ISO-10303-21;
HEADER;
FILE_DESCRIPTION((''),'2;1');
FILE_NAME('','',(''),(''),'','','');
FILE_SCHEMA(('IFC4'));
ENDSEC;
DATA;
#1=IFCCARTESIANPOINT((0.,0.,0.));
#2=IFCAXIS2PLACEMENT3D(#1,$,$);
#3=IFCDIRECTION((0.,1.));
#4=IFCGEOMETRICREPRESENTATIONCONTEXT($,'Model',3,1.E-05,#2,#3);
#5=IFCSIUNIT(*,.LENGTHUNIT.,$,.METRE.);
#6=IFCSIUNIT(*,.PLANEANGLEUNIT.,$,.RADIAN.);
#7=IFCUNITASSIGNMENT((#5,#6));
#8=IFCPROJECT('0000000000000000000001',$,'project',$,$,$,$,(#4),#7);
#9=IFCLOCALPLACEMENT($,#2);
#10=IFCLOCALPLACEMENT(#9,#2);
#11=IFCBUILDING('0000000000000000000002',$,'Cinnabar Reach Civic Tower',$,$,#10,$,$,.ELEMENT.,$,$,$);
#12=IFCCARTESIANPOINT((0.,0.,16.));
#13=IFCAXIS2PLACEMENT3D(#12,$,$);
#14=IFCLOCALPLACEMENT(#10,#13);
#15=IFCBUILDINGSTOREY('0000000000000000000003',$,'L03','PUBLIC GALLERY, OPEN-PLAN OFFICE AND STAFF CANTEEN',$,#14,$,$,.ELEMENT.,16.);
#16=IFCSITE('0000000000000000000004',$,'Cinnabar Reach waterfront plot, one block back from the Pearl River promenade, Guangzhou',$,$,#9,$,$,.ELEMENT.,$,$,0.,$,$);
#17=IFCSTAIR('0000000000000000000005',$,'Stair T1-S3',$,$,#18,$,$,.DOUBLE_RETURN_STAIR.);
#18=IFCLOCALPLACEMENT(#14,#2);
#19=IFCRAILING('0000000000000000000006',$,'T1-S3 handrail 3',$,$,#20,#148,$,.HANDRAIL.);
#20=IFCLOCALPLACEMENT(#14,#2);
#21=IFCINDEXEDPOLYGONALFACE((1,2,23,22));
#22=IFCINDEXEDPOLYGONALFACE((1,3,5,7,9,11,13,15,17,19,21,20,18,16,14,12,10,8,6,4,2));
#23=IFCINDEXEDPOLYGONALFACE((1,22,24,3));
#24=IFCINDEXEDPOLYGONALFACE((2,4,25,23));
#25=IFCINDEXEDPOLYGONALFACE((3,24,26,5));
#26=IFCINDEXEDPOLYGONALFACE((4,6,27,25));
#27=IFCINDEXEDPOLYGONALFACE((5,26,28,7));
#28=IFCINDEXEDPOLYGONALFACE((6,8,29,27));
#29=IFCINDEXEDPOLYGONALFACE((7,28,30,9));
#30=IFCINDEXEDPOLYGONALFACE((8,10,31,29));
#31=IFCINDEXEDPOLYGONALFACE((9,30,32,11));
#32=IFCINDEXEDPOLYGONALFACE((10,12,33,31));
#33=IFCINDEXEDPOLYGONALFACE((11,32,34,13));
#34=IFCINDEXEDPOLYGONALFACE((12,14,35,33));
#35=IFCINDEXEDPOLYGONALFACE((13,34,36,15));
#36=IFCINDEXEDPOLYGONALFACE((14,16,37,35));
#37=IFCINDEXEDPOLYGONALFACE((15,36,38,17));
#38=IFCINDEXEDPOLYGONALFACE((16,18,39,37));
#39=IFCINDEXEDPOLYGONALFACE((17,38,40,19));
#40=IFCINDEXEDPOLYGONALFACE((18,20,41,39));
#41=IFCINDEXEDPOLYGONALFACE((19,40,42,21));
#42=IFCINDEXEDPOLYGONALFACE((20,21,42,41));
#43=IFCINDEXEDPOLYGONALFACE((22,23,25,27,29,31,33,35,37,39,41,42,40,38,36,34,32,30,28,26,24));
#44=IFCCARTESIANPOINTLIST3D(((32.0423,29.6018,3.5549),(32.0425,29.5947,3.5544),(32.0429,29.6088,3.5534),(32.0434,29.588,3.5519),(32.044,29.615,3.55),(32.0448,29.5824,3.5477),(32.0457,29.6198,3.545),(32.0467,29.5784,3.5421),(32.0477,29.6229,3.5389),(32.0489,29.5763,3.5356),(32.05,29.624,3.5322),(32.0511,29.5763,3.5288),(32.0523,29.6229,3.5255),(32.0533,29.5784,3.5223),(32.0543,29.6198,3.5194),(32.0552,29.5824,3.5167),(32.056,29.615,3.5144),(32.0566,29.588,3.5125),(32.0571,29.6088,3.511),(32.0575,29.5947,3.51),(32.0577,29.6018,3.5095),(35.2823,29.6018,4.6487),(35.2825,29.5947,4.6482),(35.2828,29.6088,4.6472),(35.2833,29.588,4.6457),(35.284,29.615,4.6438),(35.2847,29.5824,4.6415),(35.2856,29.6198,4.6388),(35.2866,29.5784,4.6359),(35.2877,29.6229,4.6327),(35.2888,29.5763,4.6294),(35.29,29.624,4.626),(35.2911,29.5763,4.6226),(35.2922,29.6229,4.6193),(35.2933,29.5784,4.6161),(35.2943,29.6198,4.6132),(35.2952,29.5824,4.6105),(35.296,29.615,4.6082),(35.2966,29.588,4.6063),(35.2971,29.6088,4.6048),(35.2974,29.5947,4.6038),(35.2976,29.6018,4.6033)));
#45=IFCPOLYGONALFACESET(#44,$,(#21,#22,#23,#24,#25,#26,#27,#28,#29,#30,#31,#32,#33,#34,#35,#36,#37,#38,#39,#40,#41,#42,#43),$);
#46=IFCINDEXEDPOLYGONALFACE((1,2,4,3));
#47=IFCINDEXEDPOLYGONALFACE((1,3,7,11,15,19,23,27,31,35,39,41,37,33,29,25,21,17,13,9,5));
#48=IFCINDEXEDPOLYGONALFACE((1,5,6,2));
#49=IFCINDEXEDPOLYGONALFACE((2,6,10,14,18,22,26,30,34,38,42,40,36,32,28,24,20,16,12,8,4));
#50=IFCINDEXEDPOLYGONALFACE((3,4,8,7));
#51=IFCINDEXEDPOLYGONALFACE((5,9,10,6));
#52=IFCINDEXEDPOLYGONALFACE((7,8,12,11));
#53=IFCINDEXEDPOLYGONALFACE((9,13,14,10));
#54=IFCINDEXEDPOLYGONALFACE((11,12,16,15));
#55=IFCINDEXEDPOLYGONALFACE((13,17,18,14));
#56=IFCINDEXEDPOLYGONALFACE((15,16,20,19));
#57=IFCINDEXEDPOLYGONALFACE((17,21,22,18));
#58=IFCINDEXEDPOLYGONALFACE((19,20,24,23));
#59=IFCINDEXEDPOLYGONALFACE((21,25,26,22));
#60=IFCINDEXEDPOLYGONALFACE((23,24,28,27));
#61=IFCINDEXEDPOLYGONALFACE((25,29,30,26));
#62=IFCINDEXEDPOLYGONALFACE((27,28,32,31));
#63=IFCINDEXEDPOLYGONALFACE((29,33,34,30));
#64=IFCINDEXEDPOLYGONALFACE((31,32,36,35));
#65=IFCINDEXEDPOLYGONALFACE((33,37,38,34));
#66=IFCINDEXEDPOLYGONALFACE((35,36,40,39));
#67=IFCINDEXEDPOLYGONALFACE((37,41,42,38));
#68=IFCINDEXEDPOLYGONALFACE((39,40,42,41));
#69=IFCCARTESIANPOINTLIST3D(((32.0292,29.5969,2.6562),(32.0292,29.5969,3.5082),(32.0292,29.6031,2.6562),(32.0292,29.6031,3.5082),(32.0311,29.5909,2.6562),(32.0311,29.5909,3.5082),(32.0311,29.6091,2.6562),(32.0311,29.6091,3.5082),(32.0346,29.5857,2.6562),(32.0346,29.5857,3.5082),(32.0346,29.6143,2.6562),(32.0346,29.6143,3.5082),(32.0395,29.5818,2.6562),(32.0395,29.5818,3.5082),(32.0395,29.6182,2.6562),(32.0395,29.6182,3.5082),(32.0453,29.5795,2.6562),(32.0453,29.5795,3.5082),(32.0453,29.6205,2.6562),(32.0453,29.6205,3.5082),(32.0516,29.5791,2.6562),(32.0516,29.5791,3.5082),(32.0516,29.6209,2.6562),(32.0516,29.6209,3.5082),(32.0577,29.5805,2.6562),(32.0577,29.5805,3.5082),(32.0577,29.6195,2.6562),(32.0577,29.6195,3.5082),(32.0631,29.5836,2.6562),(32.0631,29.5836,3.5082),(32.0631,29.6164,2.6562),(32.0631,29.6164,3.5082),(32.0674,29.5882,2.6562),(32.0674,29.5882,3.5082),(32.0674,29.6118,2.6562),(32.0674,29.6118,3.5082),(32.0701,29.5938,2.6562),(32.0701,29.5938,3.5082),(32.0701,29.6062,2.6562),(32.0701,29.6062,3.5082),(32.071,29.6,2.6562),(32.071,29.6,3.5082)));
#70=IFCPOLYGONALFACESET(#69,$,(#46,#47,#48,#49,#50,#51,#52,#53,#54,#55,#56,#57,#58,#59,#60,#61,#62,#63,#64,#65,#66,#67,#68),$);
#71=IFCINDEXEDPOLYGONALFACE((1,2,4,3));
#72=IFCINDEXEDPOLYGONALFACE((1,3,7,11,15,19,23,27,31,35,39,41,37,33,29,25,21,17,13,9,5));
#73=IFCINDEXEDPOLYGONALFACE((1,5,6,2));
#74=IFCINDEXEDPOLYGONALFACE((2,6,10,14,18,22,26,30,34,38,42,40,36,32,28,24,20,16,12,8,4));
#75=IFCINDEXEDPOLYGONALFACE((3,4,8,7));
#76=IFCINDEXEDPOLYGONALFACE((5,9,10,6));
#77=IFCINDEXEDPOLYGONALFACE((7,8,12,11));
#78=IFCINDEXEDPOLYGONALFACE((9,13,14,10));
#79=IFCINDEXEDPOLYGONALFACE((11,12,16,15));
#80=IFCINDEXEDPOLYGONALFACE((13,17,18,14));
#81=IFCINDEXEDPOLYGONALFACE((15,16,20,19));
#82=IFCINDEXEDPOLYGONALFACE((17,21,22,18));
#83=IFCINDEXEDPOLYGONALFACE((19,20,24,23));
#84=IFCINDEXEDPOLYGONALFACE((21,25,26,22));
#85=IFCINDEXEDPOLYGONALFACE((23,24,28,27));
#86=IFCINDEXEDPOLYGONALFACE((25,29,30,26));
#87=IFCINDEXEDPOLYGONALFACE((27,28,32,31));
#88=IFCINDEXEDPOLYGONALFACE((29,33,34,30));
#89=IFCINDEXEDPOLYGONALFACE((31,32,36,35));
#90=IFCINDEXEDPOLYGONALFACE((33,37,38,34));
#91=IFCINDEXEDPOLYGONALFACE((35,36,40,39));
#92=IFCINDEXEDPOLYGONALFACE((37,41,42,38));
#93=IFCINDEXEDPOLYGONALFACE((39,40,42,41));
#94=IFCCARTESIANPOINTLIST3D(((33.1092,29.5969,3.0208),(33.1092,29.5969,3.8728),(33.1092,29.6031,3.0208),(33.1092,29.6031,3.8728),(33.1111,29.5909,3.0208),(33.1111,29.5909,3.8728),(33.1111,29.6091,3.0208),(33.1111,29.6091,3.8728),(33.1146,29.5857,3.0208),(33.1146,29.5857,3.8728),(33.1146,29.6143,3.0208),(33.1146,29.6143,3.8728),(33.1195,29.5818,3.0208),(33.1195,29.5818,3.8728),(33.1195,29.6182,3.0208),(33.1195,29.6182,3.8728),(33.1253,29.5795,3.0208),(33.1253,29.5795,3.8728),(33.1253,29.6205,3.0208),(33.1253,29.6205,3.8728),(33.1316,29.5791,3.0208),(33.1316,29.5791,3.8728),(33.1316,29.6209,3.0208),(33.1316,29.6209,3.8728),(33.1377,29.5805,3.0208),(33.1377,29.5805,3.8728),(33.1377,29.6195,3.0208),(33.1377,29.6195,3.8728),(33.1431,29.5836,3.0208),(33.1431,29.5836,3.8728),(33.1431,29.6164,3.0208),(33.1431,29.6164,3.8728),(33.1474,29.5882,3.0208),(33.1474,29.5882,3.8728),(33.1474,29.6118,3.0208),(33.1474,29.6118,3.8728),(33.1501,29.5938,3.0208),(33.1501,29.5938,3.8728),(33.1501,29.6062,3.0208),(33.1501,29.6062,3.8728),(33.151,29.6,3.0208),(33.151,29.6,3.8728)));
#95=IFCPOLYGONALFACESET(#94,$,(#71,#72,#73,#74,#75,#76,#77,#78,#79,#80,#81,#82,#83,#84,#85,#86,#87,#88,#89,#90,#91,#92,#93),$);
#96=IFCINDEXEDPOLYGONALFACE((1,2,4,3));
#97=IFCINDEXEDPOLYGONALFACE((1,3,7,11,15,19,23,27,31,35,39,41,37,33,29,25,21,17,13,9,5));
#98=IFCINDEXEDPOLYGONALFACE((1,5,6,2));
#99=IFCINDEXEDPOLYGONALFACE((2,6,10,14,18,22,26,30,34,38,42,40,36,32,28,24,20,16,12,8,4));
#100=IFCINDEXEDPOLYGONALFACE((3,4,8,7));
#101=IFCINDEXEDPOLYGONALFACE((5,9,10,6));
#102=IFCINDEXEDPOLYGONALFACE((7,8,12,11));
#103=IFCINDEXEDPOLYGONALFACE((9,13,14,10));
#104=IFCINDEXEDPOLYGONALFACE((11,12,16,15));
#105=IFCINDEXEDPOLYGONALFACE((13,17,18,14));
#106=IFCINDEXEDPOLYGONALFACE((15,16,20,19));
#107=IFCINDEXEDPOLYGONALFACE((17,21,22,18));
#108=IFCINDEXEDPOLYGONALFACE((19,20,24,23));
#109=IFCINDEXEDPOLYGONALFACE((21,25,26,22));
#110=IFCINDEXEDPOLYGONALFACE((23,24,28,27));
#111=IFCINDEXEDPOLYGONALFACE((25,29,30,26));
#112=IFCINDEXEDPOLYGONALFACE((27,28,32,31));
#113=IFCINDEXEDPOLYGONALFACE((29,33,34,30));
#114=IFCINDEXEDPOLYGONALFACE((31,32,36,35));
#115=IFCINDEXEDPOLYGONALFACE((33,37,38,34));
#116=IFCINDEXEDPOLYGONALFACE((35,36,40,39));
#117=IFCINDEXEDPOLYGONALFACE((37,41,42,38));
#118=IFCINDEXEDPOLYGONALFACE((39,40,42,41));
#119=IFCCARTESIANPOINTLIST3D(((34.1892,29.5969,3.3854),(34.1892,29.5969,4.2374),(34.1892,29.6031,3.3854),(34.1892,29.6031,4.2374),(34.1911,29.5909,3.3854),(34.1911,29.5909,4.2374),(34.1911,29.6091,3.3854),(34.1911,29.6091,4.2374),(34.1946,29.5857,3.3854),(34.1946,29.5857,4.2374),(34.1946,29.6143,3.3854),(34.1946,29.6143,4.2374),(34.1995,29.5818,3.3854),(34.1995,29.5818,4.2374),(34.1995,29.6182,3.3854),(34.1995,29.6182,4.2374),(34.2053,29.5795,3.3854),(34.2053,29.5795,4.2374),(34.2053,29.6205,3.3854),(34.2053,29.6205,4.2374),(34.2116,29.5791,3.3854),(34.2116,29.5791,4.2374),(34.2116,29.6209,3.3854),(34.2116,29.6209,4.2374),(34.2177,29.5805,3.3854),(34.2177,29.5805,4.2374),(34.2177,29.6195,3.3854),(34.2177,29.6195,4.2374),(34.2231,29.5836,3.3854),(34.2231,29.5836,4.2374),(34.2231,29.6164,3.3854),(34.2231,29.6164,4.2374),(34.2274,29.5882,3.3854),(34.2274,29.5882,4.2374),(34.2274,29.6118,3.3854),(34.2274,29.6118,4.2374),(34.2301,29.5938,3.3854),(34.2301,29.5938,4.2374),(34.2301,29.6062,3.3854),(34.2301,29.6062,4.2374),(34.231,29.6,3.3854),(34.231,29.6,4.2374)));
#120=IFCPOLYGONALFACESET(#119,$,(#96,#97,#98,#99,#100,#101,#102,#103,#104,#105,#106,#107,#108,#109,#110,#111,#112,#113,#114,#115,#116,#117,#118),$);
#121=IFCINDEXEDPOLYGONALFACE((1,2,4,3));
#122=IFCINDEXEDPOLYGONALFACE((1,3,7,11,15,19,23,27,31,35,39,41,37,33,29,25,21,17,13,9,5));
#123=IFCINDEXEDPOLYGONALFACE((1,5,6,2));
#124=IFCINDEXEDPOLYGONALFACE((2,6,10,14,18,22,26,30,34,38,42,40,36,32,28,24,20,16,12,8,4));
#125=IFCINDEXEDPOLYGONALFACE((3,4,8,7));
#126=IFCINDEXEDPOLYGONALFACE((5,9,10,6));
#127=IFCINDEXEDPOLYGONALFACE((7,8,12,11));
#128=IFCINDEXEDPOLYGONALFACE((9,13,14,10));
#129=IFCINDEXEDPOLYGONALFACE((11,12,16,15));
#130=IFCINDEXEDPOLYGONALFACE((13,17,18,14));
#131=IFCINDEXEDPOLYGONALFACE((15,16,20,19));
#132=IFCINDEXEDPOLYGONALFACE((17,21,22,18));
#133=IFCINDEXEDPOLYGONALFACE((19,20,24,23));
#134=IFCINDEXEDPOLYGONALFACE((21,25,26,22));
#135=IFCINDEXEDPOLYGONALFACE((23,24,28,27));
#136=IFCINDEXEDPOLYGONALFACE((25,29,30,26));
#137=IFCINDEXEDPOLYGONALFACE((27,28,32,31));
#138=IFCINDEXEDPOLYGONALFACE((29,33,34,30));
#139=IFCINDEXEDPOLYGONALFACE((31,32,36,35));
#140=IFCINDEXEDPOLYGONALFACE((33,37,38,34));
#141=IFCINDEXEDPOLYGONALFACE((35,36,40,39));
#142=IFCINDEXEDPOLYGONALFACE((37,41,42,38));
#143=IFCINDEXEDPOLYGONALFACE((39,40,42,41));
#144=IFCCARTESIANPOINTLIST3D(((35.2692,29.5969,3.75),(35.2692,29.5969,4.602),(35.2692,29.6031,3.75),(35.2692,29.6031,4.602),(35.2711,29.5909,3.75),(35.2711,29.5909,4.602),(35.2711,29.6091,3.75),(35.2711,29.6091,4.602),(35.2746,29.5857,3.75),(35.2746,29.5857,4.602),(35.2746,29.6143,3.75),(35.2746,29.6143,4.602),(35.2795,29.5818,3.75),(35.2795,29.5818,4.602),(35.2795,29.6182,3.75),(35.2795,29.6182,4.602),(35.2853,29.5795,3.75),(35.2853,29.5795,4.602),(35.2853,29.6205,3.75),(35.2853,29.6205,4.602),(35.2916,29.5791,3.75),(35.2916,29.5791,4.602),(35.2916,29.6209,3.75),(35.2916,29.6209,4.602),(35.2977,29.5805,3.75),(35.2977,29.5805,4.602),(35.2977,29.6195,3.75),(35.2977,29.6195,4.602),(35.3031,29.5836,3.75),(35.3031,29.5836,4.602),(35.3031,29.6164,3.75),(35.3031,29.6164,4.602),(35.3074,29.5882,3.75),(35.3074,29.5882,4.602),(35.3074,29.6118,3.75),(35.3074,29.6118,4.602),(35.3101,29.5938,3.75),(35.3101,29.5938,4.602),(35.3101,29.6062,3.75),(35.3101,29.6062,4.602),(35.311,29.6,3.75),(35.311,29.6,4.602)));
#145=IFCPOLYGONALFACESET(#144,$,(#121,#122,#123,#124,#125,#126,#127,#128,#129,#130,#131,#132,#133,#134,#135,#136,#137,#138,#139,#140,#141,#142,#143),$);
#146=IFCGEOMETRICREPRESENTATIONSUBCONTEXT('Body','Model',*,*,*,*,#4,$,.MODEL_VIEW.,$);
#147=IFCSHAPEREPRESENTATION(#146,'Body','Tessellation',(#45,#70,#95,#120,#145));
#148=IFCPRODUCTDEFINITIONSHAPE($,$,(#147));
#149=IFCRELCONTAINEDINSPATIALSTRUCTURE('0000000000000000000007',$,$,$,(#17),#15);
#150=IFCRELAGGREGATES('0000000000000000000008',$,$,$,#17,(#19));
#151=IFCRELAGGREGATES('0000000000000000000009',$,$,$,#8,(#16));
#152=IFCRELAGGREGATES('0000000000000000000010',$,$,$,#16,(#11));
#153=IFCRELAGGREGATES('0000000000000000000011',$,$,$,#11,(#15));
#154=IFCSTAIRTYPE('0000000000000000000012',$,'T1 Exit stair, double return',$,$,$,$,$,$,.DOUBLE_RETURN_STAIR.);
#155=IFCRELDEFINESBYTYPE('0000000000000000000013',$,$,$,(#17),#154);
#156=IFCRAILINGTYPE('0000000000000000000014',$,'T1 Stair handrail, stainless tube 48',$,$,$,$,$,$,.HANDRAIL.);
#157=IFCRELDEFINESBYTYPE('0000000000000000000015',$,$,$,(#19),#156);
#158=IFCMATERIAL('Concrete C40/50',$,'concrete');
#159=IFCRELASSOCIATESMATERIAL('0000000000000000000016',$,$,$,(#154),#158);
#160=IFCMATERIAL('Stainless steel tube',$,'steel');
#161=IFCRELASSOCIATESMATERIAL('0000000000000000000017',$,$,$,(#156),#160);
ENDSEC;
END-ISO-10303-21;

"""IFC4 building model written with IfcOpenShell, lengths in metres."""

from ifc_helpers import new_model, si_unit, direction, frame, origin, origin_2d, place, context, subcontext, project, spatial, circle, extrude, material, type_object, element, aggregate, save


model = new_model("IFC4")

# Units and contexts
model_context = context("Model", 3, precision=1e-05, world=origin(), true_north=direction((0.0, 1.0)))
body_context = subcontext(model_context, "Body", "Model", "MODEL_VIEW")
ifc_project = project(units=[si_unit("LENGTHUNIT", "METRE"), si_unit("PLANEANGLEUNIT", "RADIAN")], contexts=[model_context])

# Site, building, storey
site_placement = place(None, origin())
site = spatial("IfcSite", under=ifc_project, at=site_placement, Name="Cinnabar Reach waterfront plot, one block back from the Pearl River promenade, Guangzhou", CompositionType="ELEMENT", RefElevation=0.0)
building_placement = place(site_placement, origin())
building = spatial("IfcBuilding", under=site, at=building_placement, Name="Cinnabar Reach Civic Tower", CompositionType="ELEMENT")
storey_placement = place(building_placement, frame((0.0, 0.0, 16.0)))
storey = spatial("IfcBuildingStorey", under=building, at=storey_placement, Name="L03", Description="PUBLIC GALLERY, OPEN-PLAN OFFICE AND STAFF CANTEEN", CompositionType="ELEMENT", Elevation=16.0)

# Stair, railing
ifc_material_1 = material(Name="Concrete C40/50", Category="concrete")
stair_type = type_object("IfcStairType", Name="T1 Exit stair, double return", PredefinedType="DOUBLE_RETURN_STAIR", material=ifc_material_1)
stair_placement = place(storey_placement, origin())
stair = element("IfcStair", 1, at=stair_placement, inside=storey, type_object=stair_type, Name="Stair T1-S3", PredefinedType="DOUBLE_RETURN_STAIR")
ifc_material_2 = material(Name="Stainless steel tube", Category="steel")
railing_type = type_object("IfcRailingType", Name="T1 Stair handrail, stainless tube 48", PredefinedType="HANDRAIL", material=ifc_material_2)
railing_1_placement = place(storey_placement, frame((32.05, 29.6, 2.6562)))
railing_1 = element("IfcRailing", 2, at=railing_1_placement, type_object=railing_type, Name="T1-S3 handrail 3", PredefinedType="HANDRAIL", context=body_context, shape_type="SweptSolid", body=[
    extrude(circle(Radius=0.024, at=origin_2d()), frame((0.0, 0.0, 0.876), z_axis=(0.947466, 0.0, 0.319857), x_axis=(0.0, 1.0, 0.0)), (0.0, 0.0, 1.0), 3.4196),
    extrude(circle(Radius=0.021, at=origin_2d()), origin(), (0.0, 0.0, 1.0), 0.852),
    extrude(circle(Radius=0.021, at=origin_2d()), frame((1.08, 0.0, 0.3646)), (0.0, 0.0, 1.0), 0.852),
    extrude(circle(Radius=0.021, at=origin_2d()), frame((2.16, 0.0, 0.7292)), (0.0, 0.0, 1.0), 0.852),
    extrude(circle(Radius=0.021, at=origin_2d()), frame((3.24, 0.0, 1.0938)), (0.0, 0.0, 1.0), 0.852),
])
aggregate(stair, [railing_1])

save(model, "model.ifc")
